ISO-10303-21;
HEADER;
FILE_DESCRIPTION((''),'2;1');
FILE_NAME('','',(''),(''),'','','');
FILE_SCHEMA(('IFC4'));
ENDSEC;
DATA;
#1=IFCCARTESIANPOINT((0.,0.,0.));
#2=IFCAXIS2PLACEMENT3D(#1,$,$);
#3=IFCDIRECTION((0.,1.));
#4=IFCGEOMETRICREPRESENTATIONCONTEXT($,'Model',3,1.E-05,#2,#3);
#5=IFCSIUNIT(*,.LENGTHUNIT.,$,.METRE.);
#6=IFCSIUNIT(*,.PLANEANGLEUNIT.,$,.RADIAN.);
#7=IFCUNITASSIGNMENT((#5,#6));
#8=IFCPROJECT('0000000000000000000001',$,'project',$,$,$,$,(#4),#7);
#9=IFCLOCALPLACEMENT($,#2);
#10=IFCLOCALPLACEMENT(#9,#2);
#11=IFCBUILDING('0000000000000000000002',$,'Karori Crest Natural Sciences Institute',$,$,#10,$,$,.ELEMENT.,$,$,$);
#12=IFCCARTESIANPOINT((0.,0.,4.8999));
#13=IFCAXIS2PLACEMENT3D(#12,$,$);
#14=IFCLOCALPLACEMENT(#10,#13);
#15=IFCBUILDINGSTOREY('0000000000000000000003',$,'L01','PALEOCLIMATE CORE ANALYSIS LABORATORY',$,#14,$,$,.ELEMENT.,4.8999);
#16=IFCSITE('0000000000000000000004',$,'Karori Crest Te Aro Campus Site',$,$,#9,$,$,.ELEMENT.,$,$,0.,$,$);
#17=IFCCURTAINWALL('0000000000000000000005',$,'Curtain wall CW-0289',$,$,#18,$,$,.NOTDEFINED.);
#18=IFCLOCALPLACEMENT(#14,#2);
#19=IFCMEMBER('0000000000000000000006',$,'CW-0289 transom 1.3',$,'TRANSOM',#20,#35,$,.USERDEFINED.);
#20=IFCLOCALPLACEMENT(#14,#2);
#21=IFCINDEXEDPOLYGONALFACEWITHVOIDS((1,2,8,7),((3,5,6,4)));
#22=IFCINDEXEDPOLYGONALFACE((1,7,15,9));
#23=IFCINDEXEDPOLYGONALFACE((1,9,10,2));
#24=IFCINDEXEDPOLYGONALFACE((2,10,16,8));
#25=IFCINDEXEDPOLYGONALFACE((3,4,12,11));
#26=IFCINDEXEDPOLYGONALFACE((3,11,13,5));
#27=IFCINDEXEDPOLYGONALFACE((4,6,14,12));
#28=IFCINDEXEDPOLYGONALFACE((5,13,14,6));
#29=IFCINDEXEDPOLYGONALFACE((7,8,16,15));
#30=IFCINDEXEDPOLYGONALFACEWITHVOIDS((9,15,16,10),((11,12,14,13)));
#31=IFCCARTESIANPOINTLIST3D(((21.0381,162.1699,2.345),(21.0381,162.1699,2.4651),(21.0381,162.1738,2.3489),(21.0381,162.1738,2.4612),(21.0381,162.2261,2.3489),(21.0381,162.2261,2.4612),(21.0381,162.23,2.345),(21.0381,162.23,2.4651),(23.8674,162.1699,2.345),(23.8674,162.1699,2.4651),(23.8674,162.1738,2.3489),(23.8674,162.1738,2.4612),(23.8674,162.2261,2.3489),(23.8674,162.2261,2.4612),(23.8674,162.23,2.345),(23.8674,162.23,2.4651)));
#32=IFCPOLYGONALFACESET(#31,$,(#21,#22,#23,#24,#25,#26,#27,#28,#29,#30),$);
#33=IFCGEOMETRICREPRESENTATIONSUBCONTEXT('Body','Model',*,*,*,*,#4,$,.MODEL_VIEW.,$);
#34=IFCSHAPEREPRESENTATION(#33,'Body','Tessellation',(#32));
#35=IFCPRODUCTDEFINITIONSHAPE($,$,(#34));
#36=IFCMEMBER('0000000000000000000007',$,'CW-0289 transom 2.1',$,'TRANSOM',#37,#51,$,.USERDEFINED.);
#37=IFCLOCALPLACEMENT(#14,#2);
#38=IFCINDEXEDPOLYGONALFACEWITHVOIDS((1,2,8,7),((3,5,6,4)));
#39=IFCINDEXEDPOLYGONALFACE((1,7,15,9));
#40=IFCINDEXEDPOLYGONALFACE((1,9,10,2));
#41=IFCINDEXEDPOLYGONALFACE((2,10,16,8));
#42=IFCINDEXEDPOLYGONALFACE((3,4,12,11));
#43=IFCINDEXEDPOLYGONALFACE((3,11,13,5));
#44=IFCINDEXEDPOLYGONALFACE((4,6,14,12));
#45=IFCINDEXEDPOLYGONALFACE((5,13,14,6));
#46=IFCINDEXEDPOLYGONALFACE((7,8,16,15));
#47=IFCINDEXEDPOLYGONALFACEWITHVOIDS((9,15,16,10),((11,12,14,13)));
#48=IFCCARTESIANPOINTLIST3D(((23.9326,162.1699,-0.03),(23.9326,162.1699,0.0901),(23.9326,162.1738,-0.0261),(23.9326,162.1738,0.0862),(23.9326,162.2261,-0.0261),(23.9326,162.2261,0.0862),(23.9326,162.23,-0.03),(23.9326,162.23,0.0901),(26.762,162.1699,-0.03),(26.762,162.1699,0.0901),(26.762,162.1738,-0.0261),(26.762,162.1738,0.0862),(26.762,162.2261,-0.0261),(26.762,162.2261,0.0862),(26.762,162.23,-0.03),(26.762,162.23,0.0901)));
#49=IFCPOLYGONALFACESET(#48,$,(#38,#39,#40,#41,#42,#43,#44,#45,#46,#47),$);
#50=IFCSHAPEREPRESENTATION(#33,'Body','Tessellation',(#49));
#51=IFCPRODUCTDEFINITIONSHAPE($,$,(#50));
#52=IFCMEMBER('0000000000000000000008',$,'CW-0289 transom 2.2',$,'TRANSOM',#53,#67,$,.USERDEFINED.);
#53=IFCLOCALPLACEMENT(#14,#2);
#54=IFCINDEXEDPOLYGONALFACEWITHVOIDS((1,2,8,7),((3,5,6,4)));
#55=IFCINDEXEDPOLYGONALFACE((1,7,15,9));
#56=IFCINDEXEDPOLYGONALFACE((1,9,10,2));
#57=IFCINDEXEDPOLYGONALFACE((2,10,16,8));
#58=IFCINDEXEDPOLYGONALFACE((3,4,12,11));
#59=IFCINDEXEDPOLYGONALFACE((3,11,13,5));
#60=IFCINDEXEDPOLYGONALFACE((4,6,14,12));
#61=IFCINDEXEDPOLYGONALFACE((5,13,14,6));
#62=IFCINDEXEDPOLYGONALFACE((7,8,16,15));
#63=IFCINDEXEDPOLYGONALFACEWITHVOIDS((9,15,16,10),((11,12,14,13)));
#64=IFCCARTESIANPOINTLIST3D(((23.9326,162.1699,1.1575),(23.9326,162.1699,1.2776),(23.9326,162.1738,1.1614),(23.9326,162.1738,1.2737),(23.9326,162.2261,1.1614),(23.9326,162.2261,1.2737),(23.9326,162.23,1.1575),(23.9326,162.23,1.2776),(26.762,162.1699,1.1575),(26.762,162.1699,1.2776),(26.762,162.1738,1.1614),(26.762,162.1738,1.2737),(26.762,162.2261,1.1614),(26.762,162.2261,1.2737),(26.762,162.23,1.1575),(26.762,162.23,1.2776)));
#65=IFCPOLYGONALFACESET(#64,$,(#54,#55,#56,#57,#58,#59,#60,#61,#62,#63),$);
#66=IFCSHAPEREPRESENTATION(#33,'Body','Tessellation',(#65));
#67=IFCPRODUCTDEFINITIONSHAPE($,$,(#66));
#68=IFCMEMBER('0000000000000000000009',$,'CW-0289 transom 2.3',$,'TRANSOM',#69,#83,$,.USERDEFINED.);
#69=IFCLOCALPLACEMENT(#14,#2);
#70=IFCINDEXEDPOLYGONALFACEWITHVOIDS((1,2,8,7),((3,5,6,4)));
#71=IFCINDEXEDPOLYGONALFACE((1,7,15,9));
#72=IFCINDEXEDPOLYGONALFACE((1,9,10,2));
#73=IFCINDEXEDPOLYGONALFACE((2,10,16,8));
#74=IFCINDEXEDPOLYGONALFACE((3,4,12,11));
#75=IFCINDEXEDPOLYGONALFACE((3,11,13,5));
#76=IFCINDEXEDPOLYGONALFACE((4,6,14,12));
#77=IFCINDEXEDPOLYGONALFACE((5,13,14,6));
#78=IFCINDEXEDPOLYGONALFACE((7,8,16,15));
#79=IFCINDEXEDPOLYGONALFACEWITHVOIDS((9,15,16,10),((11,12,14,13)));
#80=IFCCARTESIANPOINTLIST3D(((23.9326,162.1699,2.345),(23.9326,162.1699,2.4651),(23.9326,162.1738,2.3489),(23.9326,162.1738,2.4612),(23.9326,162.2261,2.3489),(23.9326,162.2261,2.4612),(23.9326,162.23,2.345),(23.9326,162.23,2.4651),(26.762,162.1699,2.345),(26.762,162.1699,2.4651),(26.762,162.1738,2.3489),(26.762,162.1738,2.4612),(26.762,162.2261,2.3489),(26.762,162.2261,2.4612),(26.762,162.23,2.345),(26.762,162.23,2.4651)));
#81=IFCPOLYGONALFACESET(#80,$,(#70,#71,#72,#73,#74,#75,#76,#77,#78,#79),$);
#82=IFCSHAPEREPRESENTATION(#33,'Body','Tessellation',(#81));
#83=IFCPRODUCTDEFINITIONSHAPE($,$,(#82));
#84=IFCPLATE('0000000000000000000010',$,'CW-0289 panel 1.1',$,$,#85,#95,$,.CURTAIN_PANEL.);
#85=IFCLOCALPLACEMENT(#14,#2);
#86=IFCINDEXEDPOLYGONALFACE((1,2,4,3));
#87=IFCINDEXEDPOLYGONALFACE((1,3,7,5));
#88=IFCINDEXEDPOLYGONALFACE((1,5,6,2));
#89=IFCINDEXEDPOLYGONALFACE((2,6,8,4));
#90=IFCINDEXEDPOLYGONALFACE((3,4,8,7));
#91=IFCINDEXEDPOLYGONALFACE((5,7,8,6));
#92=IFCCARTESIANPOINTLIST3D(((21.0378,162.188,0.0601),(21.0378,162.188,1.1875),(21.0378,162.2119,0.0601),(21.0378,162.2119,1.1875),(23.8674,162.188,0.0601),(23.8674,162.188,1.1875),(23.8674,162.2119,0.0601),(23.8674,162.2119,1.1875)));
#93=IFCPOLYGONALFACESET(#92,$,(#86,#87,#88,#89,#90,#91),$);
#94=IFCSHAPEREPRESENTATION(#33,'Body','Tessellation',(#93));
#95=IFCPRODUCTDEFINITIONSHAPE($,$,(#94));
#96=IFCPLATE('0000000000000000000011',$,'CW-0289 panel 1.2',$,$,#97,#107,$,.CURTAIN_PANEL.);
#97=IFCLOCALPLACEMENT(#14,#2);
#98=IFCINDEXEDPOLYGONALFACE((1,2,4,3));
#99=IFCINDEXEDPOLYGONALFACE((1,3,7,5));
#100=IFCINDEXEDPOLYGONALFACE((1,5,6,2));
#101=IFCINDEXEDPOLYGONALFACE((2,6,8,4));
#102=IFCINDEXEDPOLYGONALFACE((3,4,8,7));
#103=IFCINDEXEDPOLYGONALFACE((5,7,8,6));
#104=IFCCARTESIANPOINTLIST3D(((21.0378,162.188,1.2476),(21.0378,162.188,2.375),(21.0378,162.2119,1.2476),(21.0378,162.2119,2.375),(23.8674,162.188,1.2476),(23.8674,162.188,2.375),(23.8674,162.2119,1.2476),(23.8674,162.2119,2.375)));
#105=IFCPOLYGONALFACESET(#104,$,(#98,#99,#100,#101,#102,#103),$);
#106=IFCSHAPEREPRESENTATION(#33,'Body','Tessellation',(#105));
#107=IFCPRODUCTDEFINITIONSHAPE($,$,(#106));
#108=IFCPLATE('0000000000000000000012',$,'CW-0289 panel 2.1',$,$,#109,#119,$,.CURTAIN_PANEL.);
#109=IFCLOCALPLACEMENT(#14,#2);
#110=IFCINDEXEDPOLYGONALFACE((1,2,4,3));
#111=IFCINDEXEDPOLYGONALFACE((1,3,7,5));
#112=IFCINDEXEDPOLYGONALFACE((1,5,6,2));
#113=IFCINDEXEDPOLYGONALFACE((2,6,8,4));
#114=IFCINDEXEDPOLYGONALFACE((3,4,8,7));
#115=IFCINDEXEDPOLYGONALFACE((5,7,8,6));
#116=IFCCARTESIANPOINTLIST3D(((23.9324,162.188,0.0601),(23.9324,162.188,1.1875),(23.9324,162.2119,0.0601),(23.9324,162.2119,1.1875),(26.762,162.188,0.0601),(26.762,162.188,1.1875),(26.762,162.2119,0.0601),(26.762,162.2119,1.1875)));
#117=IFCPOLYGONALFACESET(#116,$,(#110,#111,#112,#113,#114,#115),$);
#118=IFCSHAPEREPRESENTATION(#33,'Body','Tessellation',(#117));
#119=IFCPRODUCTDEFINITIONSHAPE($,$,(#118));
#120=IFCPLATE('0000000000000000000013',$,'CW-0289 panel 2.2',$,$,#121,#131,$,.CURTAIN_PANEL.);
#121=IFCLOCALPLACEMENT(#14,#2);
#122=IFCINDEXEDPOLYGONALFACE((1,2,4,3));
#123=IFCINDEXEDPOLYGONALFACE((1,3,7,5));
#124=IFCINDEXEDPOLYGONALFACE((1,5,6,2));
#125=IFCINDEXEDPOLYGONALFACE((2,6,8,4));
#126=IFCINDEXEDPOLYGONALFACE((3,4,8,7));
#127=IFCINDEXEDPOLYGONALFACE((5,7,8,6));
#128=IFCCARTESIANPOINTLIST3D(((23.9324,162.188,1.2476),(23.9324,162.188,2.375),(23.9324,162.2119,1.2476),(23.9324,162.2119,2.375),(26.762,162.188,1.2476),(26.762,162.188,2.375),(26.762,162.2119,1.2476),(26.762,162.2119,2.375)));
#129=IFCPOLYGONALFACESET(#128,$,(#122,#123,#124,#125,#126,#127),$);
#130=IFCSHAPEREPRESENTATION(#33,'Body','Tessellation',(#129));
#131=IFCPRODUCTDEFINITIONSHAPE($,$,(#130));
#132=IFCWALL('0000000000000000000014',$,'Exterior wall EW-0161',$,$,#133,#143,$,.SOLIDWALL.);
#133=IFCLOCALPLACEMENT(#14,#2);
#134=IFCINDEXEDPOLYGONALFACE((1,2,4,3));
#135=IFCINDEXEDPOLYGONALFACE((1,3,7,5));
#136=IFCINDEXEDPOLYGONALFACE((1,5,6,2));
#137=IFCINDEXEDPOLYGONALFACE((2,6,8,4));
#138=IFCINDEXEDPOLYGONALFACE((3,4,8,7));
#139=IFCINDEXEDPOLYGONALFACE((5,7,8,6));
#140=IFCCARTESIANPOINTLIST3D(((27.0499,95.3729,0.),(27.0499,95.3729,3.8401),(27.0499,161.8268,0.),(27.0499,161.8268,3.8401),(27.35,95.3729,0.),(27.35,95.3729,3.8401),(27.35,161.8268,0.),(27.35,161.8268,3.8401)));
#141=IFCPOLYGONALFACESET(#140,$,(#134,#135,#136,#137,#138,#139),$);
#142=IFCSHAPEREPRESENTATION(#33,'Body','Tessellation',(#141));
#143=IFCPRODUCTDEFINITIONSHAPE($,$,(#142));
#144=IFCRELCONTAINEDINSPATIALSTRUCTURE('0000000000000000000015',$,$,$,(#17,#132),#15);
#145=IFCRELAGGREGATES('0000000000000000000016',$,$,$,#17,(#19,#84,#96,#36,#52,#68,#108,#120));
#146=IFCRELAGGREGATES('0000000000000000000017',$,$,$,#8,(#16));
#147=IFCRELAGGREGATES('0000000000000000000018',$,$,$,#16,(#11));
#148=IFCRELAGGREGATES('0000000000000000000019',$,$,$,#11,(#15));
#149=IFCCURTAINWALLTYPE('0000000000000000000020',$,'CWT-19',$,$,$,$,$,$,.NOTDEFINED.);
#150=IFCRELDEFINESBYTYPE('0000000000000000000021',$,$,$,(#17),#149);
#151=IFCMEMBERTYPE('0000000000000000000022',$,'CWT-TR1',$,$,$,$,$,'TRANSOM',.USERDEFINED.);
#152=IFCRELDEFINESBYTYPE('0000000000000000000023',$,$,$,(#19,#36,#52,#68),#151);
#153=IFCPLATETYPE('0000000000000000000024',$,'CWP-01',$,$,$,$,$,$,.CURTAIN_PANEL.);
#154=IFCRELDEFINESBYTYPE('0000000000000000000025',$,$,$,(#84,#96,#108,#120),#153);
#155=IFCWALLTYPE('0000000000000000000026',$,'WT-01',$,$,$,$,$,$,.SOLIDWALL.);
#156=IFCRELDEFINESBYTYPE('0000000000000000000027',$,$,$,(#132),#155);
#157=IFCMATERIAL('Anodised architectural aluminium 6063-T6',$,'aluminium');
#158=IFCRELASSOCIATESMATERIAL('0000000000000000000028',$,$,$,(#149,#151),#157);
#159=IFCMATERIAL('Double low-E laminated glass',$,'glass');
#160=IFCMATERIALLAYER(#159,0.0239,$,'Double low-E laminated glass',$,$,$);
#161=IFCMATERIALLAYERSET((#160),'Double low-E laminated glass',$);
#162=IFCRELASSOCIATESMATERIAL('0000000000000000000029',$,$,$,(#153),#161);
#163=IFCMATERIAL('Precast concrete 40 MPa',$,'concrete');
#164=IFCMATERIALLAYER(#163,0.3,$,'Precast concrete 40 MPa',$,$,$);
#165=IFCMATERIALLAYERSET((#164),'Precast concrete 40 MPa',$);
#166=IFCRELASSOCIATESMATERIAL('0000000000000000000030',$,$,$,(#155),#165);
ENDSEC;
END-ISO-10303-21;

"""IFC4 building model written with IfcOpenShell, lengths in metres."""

from ifc_helpers import new_model, si_unit, direction, frame, frame_2d, origin, origin_2d, place, context, subcontext, project, spatial, rectangle, hollow_rectangle, extrude, material, layer, layer_set, material_profile, profile_set, type_object, element, aggregate, save


model = new_model("IFC4")

# Units and contexts
model_context = context("Model", 3, precision=1e-05, world=origin(), true_north=direction((0.0, 1.0)))
body_context = subcontext(model_context, "Body", "Model", "MODEL_VIEW")
ifc_project = project(units=[si_unit("LENGTHUNIT", "METRE"), si_unit("PLANEANGLEUNIT", "RADIAN")], contexts=[model_context])

# Site, building, storey
site_placement = place(None, origin())
site = spatial("IfcSite", under=ifc_project, at=site_placement, Name="Karori Crest Te Aro Campus Site", CompositionType="ELEMENT", RefElevation=0.0)
building_placement = place(site_placement, origin())
building = spatial("IfcBuilding", under=site, at=building_placement, Name="Karori Crest Natural Sciences Institute", CompositionType="ELEMENT")
storey_placement = place(building_placement, frame((0.0, 0.0, 4.8999)))
storey = spatial("IfcBuildingStorey", under=building, at=storey_placement, Name="L01", Description="PALEOCLIMATE CORE ANALYSIS LABORATORY", CompositionType="ELEMENT", Elevation=4.8999)

# Shared definitions
ifc_material_1 = material(Name="Anodised architectural aluminium 6063-T6", Category="aluminium")
curtain_wall_type = type_object("IfcCurtainWallType", Name="CWT-19", PredefinedType="NOTDEFINED", material=ifc_material_1)

# Curtain wall, members, plates
curtain_wall_1_placement = place(storey_placement, origin())
curtain_wall_1 = element("IfcCurtainWall", 1, at=curtain_wall_1_placement, inside=storey, type_object=curtain_wall_type, Name="Curtain wall CW-0289", PredefinedType="NOTDEFINED")
ifc_material_profile_1 = material_profile(ifc_material_1, hollow_rectangle(XDim=0.0601, YDim=0.1201, WallThickness=0.0039, at=origin_2d()), Name="CWT120x60x4")
ifc_profile_set_1 = profile_set([ifc_material_profile_1], Name="Anodised architectural aluminium 6063-T6")
member_type_1 = type_object("IfcMemberType", Name="CWT-TR1", ElementType="TRANSOM", PredefinedType="USERDEFINED", material=ifc_profile_set_1)
member_1_placement = place(storey_placement, frame((21.0381, 162.2, 2.405), z_axis=(1.0, 0.0, 0.0), x_axis=(0.0, 1.0, 0.0)))
member_1 = element("IfcMember", 2, at=member_1_placement, type_object=member_type_1, Name="CW-0289 transom 1.3", ObjectType="TRANSOM", PredefinedType="USERDEFINED", context=body_context, shape_type="SweptSolid", body=[
    extrude(hollow_rectangle(XDim=0.0601, YDim=0.1201, WallThickness=0.0039, at=origin_2d()), origin(), (0.0, 0.0, 1.0), 2.8293),
])
member_2_placement = place(storey_placement, frame((23.9326, 162.2, 0.03), z_axis=(1.0, 0.0, 0.0), x_axis=(0.0, 1.0, 0.0)))
member_2 = element("IfcMember", 3, at=member_2_placement, type_object=member_type_1, Name="CW-0289 transom 2.1", ObjectType="TRANSOM", PredefinedType="USERDEFINED", context=body_context, shape_type="SweptSolid", body=[
    extrude(hollow_rectangle(XDim=0.0601, YDim=0.1201, WallThickness=0.0039, at=origin_2d()), origin(), (0.0, 0.0, 1.0), 2.8293),
])
member_3_placement = place(storey_placement, frame((23.9326, 162.2, 1.2175), z_axis=(1.0, 0.0, 0.0), x_axis=(0.0, 1.0, 0.0)))
member_3 = element("IfcMember", 4, at=member_3_placement, type_object=member_type_1, Name="CW-0289 transom 2.2", ObjectType="TRANSOM", PredefinedType="USERDEFINED", context=body_context, shape_type="SweptSolid", body=[
    extrude(hollow_rectangle(XDim=0.0601, YDim=0.1201, WallThickness=0.0039, at=origin_2d()), origin(), (0.0, 0.0, 1.0), 2.8293),
])
member_4_placement = place(storey_placement, frame((23.9326, 162.2, 2.405), z_axis=(1.0, 0.0, 0.0), x_axis=(0.0, 1.0, 0.0)))
member_4 = element("IfcMember", 5, at=member_4_placement, type_object=member_type_1, Name="CW-0289 transom 2.3", ObjectType="TRANSOM", PredefinedType="USERDEFINED", context=body_context, shape_type="SweptSolid", body=[
    extrude(hollow_rectangle(XDim=0.0601, YDim=0.1201, WallThickness=0.0039, at=origin_2d()), origin(), (0.0, 0.0, 1.0), 2.8293),
])
ifc_material_2 = material(Name="Double low-E laminated glass", Category="glass")
ifc_layer_1 = layer(ifc_material_2, 0.0239, Name="Double low-E laminated glass")
ifc_layer_set_1 = layer_set([ifc_layer_1], Name="Double low-E laminated glass")
plate_type = type_object("IfcPlateType", Name="CWP-01", PredefinedType="CURTAIN_PANEL", material=ifc_layer_set_1)
plate_1_placement = place(storey_placement, frame((22.4526, 162.2, 0.0601), z_axis=(0.0, 0.0, 1.0), x_axis=(1.0, 0.0, 0.0)))
plate_1 = element("IfcPlate", 6, at=plate_1_placement, type_object=plate_type, Name="CW-0289 panel 1.1", PredefinedType="CURTAIN_PANEL", context=body_context, shape_type="SweptSolid", body=[
    extrude(rectangle(XDim=2.8296, YDim=0.0239, at=origin_2d()), origin(), (0.0, 0.0, 1.0), 1.1274),
])
plate_2_placement = place(storey_placement, frame((22.4526, 162.2, 1.2476), z_axis=(0.0, 0.0, 1.0), x_axis=(1.0, 0.0, 0.0)))
plate_2 = element("IfcPlate", 7, at=plate_2_placement, type_object=plate_type, Name="CW-0289 panel 1.2", PredefinedType="CURTAIN_PANEL", context=body_context, shape_type="SweptSolid", body=[
    extrude(rectangle(XDim=2.8296, YDim=0.0239, at=origin_2d()), origin(), (0.0, 0.0, 1.0), 1.1274),
])
plate_3_placement = place(storey_placement, frame((25.3472, 162.2, 0.0601), z_axis=(0.0, 0.0, 1.0), x_axis=(1.0, 0.0, 0.0)))
plate_3 = element("IfcPlate", 8, at=plate_3_placement, type_object=plate_type, Name="CW-0289 panel 2.1", PredefinedType="CURTAIN_PANEL", context=body_context, shape_type="SweptSolid", body=[
    extrude(rectangle(XDim=2.8296, YDim=0.0239, at=origin_2d()), origin(), (0.0, 0.0, 1.0), 1.1274),
])
plate_4_placement = place(storey_placement, frame((25.3472, 162.2, 1.2476), z_axis=(0.0, 0.0, 1.0), x_axis=(1.0, 0.0, 0.0)))
plate_4 = element("IfcPlate", 9, at=plate_4_placement, type_object=plate_type, Name="CW-0289 panel 2.2", PredefinedType="CURTAIN_PANEL", context=body_context, shape_type="SweptSolid", body=[
    extrude(rectangle(XDim=2.8296, YDim=0.0239, at=origin_2d()), origin(), (0.0, 0.0, 1.0), 1.1274),
])
aggregate(curtain_wall_1, [member_1, plate_1, plate_2, member_2, member_3, member_4, plate_3, plate_4])

# Wall
ifc_material_3 = material(Name="Precast concrete 40 MPa", Category="concrete")
ifc_layer_2 = layer(ifc_material_3, 0.3, Name="Precast concrete 40 MPa")
ifc_layer_set_2 = layer_set([ifc_layer_2], Name="Precast concrete 40 MPa")
wall_type = type_object("IfcWallType", Name="WT-01", PredefinedType="SOLIDWALL", material=ifc_layer_set_2)
wall_placement = place(storey_placement, frame((27.2, 161.8269, 0.0), z_axis=(0.0, 0.0, 1.0), x_axis=(0.0, -1.0, 0.0)))
element("IfcWall", 10, at=wall_placement, inside=storey, type_object=wall_type, Name="Exterior wall EW-0161", PredefinedType="SOLIDWALL", context=body_context, shape_type="SweptSolid", body=[
    extrude(rectangle(XDim=66.4539, YDim=0.3, at=frame_2d((33.2271, 0.0))), origin(), (0.0, 0.0, 1.0), 3.8401),
])

save(model, "model.ifc")
